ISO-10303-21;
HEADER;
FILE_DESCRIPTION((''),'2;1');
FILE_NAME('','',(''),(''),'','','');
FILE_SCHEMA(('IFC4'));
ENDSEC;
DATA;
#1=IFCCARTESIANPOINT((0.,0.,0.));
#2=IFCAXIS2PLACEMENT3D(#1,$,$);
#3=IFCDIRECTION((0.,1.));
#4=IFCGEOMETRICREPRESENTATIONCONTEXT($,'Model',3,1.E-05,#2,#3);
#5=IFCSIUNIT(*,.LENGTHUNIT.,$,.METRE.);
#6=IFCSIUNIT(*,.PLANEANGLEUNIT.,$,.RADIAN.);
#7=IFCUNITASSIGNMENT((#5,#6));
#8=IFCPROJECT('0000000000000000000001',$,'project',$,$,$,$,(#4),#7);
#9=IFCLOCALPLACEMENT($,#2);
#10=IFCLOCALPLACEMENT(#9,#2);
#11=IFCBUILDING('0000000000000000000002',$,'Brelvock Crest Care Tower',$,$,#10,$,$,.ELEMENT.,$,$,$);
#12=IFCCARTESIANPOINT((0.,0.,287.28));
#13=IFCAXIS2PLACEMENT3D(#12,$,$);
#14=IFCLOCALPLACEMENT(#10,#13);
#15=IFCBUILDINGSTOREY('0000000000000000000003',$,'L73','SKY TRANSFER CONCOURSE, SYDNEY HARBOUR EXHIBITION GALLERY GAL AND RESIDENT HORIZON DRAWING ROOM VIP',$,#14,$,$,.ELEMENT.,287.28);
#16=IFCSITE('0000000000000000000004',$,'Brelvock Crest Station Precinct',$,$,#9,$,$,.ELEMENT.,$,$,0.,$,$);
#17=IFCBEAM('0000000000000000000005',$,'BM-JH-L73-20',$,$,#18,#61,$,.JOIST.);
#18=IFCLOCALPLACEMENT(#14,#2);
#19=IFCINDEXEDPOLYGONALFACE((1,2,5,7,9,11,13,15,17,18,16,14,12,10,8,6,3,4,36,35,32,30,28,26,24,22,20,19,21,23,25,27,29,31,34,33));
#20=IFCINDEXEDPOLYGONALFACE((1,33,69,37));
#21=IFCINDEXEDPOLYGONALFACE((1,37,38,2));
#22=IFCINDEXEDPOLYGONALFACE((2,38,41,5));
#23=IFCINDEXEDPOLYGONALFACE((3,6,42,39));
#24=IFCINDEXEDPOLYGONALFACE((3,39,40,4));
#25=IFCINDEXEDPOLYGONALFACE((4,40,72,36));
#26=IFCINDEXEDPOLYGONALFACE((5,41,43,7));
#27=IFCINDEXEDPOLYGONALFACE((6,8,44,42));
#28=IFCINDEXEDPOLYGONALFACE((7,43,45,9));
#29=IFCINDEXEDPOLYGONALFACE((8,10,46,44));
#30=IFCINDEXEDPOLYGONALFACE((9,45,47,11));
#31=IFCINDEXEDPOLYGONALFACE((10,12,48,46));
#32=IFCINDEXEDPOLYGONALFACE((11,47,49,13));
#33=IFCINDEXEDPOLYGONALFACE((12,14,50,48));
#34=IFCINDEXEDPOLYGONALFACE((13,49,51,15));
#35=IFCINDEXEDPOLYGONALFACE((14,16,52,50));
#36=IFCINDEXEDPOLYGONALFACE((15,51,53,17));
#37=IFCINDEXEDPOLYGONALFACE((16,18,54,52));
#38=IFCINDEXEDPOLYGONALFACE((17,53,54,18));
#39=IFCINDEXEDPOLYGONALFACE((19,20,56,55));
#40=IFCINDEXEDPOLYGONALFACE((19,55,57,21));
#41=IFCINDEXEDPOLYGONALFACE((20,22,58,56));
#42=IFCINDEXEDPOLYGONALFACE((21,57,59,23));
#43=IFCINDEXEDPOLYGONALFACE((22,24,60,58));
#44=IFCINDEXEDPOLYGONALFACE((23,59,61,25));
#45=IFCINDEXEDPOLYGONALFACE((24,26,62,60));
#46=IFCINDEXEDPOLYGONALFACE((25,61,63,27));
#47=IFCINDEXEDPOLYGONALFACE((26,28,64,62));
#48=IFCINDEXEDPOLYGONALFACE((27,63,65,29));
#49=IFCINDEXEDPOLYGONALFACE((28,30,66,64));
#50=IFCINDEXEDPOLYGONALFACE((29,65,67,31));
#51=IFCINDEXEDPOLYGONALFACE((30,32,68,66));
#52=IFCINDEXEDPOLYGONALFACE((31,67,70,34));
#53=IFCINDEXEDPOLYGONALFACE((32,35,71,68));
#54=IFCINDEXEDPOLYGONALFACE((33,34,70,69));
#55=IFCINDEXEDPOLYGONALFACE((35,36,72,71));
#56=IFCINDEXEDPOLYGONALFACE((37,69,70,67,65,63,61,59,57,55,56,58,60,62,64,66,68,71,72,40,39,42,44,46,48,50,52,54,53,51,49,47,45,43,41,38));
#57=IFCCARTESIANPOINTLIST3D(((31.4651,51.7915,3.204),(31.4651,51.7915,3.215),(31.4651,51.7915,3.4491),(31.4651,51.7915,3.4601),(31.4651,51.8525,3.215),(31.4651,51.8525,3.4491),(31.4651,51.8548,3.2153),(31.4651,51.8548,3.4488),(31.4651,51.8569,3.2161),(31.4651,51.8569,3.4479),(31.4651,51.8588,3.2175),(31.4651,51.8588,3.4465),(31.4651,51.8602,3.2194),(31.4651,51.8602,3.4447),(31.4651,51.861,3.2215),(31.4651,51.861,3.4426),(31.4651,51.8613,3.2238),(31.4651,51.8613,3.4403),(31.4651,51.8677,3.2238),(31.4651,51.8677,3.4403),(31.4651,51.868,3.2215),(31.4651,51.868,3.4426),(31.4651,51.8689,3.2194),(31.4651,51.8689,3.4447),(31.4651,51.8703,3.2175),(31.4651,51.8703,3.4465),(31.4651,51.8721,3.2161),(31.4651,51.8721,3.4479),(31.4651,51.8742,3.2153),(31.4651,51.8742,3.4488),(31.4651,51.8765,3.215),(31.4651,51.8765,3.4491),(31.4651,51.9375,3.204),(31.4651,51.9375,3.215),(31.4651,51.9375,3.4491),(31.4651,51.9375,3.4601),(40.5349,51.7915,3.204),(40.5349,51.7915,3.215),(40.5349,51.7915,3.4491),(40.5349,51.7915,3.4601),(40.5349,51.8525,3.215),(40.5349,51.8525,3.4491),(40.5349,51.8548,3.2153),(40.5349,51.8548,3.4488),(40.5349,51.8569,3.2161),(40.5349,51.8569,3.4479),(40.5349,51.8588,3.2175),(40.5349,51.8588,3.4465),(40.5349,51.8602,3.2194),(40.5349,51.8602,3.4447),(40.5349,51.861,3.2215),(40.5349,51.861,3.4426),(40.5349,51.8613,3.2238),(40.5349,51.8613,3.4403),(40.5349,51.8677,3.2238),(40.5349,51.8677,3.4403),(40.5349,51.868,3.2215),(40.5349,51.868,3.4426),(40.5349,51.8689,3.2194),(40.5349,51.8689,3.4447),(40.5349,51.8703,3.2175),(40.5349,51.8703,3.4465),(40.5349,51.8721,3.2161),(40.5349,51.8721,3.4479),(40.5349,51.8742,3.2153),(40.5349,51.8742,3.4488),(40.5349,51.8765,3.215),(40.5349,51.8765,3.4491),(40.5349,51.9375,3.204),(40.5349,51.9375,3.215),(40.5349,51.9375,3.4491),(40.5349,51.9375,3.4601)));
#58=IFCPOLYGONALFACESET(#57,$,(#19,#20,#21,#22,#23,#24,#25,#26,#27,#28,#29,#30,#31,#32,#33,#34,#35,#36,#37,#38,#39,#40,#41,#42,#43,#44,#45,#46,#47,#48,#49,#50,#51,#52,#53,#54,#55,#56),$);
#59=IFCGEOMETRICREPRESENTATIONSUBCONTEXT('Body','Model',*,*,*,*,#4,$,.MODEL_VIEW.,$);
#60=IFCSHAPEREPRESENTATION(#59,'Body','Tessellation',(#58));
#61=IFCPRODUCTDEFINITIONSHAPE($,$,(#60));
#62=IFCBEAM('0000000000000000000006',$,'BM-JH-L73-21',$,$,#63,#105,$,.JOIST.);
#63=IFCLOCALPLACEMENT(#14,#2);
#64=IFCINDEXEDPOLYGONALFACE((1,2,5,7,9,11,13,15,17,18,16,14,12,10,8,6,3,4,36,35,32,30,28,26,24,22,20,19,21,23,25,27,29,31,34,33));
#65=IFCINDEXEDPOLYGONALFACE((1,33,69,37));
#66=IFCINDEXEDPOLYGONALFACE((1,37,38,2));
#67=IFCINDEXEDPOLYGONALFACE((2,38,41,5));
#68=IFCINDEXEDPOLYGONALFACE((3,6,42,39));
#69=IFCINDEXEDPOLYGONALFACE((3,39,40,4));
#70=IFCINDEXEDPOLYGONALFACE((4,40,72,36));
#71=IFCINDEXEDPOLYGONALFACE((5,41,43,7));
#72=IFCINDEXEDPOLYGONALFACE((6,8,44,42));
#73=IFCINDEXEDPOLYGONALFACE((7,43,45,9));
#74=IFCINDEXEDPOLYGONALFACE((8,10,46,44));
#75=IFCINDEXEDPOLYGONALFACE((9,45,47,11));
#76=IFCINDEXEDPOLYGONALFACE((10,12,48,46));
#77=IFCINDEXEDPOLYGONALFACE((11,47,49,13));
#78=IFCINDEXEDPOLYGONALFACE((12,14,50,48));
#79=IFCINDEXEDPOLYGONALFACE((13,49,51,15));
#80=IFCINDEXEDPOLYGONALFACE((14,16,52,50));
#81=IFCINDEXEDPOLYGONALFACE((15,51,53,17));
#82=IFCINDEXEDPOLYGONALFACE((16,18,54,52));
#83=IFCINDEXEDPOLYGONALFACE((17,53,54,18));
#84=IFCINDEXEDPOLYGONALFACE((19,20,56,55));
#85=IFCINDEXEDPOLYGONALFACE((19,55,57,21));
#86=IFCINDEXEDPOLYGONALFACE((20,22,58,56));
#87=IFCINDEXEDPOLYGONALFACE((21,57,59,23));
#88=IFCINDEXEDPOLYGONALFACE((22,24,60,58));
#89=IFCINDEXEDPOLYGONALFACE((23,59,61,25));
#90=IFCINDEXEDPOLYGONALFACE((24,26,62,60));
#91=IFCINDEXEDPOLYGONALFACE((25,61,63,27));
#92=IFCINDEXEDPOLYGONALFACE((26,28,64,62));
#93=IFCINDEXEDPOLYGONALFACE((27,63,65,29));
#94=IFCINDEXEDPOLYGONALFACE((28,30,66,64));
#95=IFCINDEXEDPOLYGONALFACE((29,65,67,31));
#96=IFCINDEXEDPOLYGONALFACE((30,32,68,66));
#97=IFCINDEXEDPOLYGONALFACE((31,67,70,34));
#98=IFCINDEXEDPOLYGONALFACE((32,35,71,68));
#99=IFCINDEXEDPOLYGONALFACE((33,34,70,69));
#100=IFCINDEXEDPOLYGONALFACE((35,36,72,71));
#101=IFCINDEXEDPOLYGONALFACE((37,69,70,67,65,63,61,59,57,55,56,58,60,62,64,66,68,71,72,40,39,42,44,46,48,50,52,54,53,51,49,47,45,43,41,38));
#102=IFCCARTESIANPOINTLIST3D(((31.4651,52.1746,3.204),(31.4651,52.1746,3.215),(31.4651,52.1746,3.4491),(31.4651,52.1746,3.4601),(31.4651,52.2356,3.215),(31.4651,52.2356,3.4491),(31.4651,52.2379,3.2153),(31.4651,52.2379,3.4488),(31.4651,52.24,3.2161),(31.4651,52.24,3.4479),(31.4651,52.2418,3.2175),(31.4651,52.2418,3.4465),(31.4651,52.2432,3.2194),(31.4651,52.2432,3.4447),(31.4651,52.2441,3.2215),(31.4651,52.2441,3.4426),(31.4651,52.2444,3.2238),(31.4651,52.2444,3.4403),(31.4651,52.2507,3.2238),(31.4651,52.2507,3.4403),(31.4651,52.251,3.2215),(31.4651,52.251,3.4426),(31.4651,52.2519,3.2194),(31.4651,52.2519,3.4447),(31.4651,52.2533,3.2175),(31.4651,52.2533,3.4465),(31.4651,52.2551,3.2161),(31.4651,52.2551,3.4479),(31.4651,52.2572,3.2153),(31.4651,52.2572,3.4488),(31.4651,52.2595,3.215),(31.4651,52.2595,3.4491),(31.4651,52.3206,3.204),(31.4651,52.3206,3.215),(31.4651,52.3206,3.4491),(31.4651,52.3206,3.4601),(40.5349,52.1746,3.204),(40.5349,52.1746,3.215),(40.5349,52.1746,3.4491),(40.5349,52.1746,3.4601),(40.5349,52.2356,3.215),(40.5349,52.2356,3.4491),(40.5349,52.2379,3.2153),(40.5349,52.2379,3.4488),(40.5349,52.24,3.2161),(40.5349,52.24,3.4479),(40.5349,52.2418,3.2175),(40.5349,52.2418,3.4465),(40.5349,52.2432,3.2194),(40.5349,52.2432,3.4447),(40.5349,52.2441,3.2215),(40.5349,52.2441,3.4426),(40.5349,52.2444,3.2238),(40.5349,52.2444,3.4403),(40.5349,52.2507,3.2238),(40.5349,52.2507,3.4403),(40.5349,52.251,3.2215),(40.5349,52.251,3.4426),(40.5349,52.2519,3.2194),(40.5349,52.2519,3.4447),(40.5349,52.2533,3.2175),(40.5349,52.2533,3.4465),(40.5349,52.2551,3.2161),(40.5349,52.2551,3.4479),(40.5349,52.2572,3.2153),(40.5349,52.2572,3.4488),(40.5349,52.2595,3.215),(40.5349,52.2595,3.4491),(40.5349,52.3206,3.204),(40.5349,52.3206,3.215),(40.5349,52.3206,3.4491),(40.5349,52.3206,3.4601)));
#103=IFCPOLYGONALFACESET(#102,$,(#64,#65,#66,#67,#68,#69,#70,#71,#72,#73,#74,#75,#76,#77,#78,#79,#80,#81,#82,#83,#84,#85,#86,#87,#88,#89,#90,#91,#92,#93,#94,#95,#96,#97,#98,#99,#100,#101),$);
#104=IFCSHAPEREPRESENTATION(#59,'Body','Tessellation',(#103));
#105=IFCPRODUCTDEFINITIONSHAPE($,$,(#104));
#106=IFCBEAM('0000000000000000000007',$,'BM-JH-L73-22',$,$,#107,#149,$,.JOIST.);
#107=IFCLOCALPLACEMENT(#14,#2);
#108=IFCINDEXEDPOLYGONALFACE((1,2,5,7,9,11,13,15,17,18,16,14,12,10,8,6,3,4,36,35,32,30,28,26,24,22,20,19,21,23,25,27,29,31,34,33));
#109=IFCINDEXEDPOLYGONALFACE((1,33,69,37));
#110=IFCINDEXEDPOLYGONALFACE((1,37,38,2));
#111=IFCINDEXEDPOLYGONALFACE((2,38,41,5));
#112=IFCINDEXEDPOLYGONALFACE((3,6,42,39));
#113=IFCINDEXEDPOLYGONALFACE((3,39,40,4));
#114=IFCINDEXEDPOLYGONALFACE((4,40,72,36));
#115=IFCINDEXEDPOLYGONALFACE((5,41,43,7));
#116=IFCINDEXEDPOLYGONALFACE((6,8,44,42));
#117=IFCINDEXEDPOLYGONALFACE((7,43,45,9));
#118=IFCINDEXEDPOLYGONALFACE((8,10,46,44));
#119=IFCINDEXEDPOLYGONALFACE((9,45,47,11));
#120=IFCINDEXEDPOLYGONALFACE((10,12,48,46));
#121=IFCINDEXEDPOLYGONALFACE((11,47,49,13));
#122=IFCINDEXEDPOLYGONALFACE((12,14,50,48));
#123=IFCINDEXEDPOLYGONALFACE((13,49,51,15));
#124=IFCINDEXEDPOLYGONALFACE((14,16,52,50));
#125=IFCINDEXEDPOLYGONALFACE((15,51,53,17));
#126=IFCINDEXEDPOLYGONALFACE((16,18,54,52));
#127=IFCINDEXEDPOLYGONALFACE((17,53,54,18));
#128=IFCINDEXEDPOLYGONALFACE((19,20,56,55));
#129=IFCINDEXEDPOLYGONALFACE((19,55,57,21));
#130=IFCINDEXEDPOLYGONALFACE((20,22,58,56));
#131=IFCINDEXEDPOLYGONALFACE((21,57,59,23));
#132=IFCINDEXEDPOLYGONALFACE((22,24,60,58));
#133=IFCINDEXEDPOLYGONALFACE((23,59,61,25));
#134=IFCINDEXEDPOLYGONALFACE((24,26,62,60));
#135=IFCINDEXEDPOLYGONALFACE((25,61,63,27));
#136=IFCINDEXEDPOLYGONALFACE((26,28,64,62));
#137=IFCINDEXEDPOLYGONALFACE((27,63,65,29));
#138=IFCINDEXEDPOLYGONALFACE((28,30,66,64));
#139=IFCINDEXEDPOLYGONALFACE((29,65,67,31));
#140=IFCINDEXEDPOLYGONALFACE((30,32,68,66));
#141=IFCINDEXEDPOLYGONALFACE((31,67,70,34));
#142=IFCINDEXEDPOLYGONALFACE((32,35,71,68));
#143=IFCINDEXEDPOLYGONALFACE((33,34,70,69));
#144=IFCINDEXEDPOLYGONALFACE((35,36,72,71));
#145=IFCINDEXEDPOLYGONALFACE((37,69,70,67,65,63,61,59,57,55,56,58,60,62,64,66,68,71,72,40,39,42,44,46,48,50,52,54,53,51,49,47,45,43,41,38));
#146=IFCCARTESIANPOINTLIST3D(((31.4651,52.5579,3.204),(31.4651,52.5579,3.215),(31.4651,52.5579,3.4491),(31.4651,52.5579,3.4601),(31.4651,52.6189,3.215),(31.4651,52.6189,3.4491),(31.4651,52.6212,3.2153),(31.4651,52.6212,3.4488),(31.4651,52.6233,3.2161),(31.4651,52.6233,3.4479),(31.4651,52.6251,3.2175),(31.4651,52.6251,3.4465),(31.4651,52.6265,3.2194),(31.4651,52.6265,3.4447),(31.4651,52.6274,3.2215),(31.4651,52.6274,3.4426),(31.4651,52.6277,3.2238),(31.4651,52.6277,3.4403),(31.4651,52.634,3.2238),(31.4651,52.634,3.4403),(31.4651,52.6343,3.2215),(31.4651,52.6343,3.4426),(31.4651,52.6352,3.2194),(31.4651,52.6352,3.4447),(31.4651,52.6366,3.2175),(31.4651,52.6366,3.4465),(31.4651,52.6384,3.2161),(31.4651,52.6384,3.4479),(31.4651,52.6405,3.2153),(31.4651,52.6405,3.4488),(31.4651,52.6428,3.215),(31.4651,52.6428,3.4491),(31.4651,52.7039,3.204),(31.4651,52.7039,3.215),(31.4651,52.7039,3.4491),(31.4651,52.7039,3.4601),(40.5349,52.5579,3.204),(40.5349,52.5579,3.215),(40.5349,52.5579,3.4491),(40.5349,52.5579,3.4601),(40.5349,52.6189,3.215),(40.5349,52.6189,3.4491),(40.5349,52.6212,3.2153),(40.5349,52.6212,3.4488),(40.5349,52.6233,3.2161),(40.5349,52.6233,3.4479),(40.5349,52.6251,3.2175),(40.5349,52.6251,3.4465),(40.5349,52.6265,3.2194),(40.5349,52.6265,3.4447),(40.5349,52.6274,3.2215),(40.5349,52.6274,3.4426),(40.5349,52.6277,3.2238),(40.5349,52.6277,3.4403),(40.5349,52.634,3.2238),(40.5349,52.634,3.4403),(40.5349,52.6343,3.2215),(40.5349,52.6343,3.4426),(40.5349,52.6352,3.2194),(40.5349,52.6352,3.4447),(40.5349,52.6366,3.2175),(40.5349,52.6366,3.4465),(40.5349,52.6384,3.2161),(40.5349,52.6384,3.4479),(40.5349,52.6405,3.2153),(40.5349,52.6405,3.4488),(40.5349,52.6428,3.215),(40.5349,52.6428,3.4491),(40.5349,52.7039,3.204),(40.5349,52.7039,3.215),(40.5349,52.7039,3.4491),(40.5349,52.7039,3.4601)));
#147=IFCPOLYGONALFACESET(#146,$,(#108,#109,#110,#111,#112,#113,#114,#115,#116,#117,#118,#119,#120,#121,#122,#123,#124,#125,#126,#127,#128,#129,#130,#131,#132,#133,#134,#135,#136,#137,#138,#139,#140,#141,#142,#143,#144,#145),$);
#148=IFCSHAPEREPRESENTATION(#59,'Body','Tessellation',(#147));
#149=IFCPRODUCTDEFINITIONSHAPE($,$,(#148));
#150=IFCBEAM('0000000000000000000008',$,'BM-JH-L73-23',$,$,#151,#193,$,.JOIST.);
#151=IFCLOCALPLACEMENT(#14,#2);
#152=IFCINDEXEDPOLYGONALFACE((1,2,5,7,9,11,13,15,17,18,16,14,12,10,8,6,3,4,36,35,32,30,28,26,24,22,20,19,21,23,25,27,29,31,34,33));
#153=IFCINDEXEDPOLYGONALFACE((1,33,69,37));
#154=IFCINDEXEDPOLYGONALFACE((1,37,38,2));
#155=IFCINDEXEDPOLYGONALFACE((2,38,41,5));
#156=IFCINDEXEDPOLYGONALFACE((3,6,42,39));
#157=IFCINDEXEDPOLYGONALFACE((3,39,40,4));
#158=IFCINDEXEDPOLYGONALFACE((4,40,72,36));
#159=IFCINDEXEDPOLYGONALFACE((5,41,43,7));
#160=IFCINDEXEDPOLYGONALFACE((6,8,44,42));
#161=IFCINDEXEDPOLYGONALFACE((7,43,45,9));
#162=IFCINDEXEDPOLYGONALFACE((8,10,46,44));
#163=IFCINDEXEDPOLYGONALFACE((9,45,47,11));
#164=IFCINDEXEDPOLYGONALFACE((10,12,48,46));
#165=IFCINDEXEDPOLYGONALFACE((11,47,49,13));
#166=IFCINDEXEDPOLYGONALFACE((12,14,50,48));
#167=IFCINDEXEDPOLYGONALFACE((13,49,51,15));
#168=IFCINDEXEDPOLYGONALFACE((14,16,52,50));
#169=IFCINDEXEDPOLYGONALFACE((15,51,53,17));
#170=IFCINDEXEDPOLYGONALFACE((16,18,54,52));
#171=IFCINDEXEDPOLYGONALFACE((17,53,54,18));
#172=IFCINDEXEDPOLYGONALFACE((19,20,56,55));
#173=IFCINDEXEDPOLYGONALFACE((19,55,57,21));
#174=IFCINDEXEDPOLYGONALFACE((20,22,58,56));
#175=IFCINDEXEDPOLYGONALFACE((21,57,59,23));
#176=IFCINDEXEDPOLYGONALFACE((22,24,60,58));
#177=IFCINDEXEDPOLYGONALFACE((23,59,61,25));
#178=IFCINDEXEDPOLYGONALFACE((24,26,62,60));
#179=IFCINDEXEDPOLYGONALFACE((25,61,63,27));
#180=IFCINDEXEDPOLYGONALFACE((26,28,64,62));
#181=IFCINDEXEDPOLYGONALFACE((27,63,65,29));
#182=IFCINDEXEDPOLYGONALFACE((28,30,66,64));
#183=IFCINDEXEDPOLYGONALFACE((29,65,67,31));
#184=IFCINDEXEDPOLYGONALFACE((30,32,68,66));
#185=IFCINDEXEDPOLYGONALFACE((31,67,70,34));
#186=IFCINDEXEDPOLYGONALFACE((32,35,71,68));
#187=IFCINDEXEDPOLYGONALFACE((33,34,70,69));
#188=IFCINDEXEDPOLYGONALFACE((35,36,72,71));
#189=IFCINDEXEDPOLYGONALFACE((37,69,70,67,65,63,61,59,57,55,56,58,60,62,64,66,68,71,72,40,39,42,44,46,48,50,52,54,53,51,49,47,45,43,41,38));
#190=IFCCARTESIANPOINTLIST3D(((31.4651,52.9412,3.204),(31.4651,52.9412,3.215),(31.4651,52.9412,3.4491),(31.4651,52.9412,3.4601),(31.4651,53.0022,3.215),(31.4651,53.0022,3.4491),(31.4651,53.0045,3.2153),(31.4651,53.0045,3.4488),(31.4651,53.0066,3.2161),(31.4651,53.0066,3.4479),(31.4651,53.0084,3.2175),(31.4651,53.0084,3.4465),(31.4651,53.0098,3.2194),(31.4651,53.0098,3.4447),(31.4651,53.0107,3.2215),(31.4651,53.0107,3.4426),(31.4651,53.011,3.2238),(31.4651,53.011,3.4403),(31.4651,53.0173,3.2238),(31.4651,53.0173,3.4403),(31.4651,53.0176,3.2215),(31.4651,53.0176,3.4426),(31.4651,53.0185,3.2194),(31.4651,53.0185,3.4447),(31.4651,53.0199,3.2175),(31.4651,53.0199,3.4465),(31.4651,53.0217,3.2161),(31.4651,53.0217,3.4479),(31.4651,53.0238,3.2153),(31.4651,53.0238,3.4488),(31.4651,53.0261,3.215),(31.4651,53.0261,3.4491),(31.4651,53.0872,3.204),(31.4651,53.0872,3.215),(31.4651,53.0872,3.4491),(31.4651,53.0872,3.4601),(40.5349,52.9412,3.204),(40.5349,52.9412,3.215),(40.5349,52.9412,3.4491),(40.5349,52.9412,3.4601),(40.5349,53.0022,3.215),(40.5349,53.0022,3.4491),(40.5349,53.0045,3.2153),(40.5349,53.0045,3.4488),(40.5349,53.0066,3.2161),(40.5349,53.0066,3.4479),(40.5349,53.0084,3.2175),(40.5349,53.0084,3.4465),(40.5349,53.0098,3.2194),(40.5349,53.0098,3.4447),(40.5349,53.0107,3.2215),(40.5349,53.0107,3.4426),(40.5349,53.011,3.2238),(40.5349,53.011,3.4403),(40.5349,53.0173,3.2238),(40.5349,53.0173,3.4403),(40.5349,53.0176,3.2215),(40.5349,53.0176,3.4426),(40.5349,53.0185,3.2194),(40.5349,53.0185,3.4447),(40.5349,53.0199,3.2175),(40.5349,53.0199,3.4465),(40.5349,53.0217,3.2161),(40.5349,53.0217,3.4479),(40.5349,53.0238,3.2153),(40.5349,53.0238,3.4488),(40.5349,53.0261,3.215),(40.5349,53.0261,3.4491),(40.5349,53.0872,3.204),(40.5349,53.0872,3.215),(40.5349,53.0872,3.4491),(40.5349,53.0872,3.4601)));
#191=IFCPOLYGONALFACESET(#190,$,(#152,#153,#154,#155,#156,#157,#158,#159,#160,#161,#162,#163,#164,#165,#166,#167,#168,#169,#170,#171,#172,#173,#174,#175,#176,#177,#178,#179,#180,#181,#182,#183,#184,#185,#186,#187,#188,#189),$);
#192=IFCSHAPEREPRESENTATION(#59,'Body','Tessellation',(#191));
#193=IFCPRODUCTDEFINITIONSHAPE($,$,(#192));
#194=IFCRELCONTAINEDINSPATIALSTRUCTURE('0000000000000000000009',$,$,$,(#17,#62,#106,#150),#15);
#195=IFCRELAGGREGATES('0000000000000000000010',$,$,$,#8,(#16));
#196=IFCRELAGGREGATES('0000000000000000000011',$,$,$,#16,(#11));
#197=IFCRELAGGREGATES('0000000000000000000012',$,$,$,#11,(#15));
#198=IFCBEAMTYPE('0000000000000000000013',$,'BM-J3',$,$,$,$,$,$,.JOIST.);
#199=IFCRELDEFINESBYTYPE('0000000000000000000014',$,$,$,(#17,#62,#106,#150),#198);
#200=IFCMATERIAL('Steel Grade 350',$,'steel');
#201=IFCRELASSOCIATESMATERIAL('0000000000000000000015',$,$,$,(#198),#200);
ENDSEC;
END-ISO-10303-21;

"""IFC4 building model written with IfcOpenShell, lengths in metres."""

from ifc_helpers import new_model, si_unit, direction, frame, origin, origin_2d, place, context, subcontext, project, spatial, i_section, extrude, source, transform, mapped, material, material_profile, profile_set, type_object, element, save


model = new_model("IFC4")

# Units and contexts
model_context = context("Model", 3, precision=1e-05, world=origin(), true_north=direction((0.0, 1.0)))
body_context = subcontext(model_context, "Body", "Model", "MODEL_VIEW")
ifc_project = project(units=[si_unit("LENGTHUNIT", "METRE"), si_unit("PLANEANGLEUNIT", "RADIAN")], contexts=[model_context])

# Site, building, storey
site_placement = place(None, origin())
site = spatial("IfcSite", under=ifc_project, at=site_placement, Name="Brelvock Crest Station Precinct", CompositionType="ELEMENT", RefElevation=0.0)
building_placement = place(site_placement, origin())
building = spatial("IfcBuilding", under=site, at=building_placement, Name="Brelvock Crest Care Tower", CompositionType="ELEMENT")
storey_placement = place(building_placement, frame((0.0, 0.0, 287.28)))
storey = spatial("IfcBuildingStorey", under=building, at=storey_placement, Name="L73", Description="SKY TRANSFER CONCOURSE, SYDNEY HARBOUR EXHIBITION GALLERY GAL AND RESIDENT HORIZON DRAWING ROOM VIP", CompositionType="ELEMENT", Elevation=287.28)

# Beams
ifc_material_1 = material(Name="Steel Grade 350", Category="steel")
ifc_material_profile_1 = material_profile(ifc_material_1, i_section(OverallWidth=0.146, OverallDepth=0.2561, WebThickness=0.0063, FlangeThickness=0.011, FilletRadius=0.0088, at=origin_2d()), Name="250UB37.3")
ifc_profile_set_1 = profile_set([ifc_material_profile_1], Name="Steel Grade 350")
beam_type_1 = type_object("IfcBeamType", Name="BM-J3", PredefinedType="JOIST", material=ifc_profile_set_1)
shared_shape_1 = source(origin(), body_context, "Body", "SweptSolid", [
    extrude(i_section(OverallWidth=0.146, OverallDepth=0.2561, WebThickness=0.0063, FlangeThickness=0.011, FilletRadius=0.0088, at=origin_2d()), origin(), (0.0, 0.0, 1.0), 9.0698),
])
for number, where, z_axis, x_axis, name in (
    (1, (31.4651, 51.8645, 3.332), (1.0, 0.0, 0.0), (0.0, 1.0, 0.0), "BM-JH-L73-20"),
    (2, (31.4651, 52.2476, 3.332), (1.0, 0.0, 0.0), (0.0, 1.0, 0.0), "BM-JH-L73-21"),
    (3, (31.4651, 52.6309, 3.332), (1.0, 0.0, 0.0), (0.0, 1.0, 0.0), "BM-JH-L73-22"),
    (4, (31.4651, 53.0142, 3.332), (1.0, 0.0, 0.0), (0.0, 1.0, 0.0), "BM-JH-L73-23"),
):
    element("IfcBeam", number, at=place(storey_placement, frame(where, z_axis=z_axis, x_axis=x_axis)), inside=storey, type_object=beam_type_1, Name=name, PredefinedType="JOIST", context=body_context, shape_type="MappedRepresentation", body=[
        mapped(shared_shape_1, transform((0.0, 0.0, 0.0), x_axis=(1.0, 0.0, 0.0), y_axis=(0.0, 1.0, 0.0), z_axis=(0.0, 0.0, 1.0), scale=1.0)),
    ])

save(model, "model.ifc")
